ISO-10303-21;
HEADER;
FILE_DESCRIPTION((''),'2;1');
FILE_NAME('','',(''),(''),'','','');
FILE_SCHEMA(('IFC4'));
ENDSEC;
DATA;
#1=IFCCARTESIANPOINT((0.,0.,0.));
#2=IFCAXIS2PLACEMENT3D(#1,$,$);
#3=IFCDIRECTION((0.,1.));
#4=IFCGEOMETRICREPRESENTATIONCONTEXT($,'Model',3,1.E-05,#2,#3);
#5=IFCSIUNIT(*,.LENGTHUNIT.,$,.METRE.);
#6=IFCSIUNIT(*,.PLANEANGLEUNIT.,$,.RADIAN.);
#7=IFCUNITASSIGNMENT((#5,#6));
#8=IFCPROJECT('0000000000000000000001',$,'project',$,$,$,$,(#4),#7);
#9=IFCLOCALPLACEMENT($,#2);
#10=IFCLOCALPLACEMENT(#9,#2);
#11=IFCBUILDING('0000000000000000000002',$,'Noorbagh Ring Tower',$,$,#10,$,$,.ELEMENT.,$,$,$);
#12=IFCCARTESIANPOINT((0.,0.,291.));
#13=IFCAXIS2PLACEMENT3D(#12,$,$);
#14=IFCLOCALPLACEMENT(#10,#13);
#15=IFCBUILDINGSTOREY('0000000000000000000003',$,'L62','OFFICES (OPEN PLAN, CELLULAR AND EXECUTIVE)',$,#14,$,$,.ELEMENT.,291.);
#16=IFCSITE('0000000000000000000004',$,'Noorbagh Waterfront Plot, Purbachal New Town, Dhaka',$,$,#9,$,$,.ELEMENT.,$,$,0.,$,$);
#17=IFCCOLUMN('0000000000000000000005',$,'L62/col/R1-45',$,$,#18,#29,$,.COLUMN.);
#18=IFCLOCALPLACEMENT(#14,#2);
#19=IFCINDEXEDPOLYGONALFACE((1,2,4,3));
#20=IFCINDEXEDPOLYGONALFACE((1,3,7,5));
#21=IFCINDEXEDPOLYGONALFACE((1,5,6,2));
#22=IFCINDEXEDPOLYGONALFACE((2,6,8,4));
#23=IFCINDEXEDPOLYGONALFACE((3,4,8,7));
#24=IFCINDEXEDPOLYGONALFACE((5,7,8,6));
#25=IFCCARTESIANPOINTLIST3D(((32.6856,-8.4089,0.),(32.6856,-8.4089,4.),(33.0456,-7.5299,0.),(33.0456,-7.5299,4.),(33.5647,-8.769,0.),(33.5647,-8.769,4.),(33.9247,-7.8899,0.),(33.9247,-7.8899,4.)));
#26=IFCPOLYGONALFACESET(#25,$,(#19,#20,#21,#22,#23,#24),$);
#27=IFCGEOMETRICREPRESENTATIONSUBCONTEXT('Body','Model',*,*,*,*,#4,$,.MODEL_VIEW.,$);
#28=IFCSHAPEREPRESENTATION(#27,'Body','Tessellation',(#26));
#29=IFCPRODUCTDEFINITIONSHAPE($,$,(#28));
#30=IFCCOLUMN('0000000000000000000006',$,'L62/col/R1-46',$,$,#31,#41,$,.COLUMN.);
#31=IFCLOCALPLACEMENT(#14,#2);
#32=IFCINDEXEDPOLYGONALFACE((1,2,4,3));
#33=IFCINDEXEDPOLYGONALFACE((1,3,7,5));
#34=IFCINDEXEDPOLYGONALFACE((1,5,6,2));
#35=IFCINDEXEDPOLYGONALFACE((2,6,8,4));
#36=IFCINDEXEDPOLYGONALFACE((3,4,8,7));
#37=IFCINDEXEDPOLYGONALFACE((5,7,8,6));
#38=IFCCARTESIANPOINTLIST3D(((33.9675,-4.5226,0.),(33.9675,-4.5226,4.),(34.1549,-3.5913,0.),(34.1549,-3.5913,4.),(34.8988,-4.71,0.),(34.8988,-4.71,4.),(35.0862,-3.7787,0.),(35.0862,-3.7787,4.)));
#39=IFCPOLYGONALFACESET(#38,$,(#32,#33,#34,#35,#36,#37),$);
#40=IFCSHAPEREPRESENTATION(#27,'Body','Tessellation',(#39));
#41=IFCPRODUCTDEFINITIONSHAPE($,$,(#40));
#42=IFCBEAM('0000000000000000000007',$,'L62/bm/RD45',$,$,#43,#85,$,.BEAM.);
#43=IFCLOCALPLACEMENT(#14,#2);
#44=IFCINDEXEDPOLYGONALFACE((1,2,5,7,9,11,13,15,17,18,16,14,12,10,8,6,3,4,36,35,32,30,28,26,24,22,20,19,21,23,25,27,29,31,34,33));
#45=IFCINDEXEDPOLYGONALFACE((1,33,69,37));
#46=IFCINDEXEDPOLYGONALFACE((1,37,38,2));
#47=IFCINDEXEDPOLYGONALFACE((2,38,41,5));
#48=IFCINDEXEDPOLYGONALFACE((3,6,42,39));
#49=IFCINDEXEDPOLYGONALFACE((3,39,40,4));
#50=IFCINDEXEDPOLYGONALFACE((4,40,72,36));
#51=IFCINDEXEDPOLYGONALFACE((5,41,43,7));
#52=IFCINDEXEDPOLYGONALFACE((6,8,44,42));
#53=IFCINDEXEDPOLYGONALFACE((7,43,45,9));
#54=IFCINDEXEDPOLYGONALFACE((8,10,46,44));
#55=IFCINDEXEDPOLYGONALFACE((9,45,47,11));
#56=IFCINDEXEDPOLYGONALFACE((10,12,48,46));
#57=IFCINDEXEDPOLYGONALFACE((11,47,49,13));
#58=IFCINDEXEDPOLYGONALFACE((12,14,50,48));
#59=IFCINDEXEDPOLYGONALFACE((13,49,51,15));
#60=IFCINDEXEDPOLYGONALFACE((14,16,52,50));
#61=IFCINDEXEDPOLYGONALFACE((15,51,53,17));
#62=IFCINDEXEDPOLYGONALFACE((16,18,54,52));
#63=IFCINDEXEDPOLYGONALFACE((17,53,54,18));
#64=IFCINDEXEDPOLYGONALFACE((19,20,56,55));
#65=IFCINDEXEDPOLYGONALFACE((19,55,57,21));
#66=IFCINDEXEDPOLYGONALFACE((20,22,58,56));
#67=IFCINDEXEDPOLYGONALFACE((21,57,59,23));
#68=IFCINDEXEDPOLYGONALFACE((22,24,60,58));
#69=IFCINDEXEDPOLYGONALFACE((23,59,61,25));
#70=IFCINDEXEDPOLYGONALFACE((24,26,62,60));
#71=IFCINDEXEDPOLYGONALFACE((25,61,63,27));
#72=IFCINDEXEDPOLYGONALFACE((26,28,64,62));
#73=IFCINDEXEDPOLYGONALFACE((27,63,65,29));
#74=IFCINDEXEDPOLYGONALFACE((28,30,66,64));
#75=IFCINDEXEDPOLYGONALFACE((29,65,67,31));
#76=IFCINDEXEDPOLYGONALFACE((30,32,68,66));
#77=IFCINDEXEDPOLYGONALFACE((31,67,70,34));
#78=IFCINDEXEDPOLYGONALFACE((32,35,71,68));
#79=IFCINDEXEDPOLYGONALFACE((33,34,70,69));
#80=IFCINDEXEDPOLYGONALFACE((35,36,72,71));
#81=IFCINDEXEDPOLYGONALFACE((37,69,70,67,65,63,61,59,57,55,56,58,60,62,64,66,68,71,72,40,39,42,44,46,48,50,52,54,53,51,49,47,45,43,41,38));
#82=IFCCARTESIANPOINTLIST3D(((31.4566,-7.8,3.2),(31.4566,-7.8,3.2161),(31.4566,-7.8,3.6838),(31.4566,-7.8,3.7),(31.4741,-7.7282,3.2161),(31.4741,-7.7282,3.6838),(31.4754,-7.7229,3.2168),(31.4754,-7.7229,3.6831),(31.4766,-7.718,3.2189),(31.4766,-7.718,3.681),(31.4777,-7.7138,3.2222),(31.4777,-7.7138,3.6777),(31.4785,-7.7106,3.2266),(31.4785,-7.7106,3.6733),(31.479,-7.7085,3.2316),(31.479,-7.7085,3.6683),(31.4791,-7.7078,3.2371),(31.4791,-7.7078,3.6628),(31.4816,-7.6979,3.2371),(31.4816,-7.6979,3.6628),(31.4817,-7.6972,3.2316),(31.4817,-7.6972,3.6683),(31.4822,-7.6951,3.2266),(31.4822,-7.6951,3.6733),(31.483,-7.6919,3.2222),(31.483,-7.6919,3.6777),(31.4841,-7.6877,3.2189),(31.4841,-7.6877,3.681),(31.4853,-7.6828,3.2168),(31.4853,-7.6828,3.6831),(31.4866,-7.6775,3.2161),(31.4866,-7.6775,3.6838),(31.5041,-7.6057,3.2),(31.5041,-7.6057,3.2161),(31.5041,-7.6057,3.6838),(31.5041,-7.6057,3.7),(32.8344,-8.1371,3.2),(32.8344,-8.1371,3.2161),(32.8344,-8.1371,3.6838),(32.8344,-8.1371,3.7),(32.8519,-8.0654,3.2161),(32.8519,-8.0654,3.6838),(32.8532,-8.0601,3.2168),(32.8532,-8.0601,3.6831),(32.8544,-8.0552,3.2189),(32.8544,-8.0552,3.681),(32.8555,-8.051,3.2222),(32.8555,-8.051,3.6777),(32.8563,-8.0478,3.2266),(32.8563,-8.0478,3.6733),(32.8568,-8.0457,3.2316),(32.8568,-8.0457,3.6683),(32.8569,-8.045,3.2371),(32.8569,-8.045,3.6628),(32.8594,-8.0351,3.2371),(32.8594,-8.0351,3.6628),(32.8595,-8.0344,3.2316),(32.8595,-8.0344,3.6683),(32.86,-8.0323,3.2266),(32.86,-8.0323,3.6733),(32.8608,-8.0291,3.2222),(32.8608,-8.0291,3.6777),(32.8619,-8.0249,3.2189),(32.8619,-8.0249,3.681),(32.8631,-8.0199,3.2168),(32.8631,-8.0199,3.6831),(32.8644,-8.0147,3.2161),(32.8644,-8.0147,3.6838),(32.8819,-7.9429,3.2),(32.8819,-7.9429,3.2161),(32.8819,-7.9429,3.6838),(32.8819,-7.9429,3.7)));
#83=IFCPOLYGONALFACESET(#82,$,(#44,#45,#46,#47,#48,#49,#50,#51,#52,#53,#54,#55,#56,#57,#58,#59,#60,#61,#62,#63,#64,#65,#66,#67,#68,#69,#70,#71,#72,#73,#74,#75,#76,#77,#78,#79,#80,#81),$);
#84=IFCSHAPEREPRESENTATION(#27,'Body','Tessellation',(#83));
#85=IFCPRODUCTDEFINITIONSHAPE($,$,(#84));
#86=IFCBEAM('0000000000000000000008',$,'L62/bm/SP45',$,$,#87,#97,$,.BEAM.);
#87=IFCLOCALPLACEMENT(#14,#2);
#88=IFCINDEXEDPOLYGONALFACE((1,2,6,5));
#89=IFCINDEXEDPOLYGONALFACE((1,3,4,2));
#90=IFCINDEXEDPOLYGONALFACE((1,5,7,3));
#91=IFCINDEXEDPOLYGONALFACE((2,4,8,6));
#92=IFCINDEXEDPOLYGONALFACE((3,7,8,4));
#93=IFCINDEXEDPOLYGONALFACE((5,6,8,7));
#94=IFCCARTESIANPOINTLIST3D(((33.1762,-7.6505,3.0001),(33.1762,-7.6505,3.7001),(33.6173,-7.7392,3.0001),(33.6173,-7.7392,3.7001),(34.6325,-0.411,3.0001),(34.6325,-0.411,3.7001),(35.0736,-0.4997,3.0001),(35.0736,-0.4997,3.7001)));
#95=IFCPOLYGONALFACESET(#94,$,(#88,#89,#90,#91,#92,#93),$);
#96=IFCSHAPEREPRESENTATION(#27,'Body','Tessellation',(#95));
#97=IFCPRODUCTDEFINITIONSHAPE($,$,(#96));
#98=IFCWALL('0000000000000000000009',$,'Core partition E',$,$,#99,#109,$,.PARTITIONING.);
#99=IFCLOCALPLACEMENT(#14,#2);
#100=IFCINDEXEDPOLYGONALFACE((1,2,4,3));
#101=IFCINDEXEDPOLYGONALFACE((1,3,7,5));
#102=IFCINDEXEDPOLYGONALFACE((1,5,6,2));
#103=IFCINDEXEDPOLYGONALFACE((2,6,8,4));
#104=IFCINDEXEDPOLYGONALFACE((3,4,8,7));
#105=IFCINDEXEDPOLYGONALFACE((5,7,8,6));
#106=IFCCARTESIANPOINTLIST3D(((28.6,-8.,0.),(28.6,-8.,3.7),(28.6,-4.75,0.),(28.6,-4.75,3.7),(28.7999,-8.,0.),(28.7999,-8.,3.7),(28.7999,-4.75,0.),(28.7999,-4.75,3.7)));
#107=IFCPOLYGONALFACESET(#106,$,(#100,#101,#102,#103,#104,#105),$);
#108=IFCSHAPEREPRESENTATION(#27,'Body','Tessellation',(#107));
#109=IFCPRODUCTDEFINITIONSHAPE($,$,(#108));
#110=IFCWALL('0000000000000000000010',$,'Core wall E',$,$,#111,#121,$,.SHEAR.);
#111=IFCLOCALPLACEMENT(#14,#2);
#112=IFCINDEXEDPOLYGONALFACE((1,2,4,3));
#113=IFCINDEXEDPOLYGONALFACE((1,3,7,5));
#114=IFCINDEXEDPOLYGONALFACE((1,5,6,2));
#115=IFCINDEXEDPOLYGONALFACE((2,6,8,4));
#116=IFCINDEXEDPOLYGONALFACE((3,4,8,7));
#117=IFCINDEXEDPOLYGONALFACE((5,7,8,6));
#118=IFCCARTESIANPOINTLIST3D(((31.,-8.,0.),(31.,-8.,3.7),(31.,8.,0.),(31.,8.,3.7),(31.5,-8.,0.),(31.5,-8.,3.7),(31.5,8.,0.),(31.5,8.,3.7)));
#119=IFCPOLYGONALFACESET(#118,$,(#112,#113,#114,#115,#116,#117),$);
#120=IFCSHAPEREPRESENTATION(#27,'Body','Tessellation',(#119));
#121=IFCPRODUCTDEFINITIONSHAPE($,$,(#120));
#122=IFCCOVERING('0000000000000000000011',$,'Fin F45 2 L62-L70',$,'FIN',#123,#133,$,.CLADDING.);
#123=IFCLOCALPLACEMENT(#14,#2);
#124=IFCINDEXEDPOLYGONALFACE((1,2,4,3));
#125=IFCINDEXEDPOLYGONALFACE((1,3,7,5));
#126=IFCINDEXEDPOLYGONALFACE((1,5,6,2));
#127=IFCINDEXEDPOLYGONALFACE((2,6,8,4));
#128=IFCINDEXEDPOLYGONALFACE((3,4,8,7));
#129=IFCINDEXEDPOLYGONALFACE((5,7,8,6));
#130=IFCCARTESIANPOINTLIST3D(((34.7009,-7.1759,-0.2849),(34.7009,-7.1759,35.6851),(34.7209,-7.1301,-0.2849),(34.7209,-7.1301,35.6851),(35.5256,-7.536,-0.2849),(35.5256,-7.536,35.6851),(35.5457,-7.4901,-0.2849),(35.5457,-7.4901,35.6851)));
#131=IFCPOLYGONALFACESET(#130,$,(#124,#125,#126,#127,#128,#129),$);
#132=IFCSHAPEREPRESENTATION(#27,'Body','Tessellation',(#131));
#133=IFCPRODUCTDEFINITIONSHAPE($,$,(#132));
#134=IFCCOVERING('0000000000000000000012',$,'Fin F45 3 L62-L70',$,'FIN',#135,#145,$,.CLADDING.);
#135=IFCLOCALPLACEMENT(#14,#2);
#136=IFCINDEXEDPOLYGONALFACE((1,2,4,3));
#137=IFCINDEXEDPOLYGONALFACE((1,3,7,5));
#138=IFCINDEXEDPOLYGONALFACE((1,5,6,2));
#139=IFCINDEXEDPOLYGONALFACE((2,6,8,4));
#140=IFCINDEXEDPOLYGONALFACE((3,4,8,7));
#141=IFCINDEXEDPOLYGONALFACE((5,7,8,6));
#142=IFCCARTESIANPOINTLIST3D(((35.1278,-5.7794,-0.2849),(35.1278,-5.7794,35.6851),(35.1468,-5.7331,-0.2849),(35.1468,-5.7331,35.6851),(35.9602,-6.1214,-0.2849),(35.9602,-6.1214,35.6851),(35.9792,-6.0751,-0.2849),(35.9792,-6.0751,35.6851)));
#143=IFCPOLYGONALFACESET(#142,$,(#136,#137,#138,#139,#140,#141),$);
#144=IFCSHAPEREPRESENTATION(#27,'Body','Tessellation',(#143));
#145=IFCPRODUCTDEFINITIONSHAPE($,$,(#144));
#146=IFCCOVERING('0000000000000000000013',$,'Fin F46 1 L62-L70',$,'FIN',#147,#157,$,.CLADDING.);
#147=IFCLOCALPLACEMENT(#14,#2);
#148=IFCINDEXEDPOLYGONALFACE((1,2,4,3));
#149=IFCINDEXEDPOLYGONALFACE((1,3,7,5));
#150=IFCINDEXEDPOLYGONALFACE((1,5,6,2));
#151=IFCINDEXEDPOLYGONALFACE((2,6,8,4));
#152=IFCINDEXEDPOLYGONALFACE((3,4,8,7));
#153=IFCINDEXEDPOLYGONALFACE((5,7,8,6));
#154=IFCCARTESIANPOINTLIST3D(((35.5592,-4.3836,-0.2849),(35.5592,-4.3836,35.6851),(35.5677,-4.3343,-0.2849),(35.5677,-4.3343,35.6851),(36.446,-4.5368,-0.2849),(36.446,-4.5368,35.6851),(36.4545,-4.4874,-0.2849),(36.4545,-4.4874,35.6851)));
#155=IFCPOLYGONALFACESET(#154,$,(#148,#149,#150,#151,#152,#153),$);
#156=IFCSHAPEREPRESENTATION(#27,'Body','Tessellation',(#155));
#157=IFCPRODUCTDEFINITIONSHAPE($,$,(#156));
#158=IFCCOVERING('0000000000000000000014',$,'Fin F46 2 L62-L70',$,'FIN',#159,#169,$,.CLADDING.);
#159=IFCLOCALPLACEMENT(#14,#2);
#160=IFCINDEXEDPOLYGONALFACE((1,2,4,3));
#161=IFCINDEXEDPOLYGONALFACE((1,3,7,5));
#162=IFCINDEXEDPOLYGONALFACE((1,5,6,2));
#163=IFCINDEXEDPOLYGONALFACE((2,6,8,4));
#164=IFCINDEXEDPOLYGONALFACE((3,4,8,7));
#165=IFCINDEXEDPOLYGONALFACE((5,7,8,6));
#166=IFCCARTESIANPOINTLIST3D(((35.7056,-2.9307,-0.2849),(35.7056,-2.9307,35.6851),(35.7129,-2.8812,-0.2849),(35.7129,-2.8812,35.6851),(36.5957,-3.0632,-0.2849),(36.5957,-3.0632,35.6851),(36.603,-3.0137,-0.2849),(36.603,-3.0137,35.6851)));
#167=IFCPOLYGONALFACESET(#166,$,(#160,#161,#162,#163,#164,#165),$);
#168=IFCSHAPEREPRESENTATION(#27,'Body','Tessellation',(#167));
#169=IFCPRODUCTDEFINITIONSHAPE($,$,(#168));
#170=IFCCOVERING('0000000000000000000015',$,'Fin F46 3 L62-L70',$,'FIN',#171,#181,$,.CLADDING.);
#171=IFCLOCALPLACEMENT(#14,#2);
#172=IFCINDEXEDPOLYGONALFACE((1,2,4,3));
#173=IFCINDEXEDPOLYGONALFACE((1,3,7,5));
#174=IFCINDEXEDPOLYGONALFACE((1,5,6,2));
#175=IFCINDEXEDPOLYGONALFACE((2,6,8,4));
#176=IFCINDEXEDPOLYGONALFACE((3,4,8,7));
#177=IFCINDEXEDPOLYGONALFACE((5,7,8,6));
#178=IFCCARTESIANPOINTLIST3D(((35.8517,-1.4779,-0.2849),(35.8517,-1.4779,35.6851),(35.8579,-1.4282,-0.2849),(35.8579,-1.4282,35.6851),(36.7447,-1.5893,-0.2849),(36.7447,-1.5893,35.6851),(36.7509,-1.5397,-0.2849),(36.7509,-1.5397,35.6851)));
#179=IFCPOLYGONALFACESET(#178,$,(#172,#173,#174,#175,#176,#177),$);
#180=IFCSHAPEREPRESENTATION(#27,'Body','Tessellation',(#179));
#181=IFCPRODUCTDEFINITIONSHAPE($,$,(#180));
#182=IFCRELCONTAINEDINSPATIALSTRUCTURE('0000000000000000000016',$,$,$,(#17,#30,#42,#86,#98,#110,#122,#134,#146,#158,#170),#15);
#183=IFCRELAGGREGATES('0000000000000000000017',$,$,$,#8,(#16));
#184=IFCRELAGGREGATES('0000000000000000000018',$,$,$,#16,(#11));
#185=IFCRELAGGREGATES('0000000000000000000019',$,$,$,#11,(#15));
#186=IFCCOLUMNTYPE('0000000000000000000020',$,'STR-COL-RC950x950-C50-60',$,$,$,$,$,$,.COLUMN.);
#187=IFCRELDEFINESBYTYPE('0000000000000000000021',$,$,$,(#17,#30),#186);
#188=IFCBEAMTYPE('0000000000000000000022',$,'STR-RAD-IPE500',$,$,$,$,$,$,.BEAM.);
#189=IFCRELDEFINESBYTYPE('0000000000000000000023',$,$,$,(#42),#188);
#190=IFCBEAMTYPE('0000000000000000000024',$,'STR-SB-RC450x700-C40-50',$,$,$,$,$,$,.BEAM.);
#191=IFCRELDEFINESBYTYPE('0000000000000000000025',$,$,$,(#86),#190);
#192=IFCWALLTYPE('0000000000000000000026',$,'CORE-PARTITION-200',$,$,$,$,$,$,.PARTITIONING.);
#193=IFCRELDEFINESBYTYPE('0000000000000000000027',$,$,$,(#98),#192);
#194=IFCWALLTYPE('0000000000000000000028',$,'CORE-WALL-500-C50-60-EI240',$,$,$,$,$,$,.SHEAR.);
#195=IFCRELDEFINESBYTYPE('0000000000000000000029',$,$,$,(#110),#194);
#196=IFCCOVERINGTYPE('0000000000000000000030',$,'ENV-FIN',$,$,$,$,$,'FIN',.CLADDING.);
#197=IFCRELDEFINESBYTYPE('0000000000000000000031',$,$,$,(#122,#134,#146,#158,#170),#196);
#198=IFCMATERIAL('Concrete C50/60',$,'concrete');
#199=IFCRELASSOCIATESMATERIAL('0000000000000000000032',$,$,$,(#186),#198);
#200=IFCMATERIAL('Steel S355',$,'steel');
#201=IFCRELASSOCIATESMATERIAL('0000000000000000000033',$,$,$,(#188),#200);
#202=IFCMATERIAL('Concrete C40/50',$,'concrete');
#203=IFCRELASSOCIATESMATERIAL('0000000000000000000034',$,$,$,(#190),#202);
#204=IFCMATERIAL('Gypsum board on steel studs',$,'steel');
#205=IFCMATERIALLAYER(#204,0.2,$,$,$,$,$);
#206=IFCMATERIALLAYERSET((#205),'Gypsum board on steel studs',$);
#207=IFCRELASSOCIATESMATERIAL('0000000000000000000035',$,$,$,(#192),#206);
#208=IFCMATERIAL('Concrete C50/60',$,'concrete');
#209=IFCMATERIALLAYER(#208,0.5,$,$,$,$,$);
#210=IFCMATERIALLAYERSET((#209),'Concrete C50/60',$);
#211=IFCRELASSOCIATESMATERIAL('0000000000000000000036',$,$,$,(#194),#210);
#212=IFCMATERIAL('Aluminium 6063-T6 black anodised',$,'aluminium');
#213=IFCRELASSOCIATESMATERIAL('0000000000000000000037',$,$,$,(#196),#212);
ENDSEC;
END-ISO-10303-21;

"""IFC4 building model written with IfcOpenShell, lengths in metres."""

from ifc_helpers import new_model, si_unit, direction, frame, frame_2d, origin, origin_2d, place, context, subcontext, project, spatial, rectangle, i_section, extrude, material, layer, layer_set, material_profile, profile_set, type_object, element, save


model = new_model("IFC4")

# Units and contexts
model_context = context("Model", 3, precision=1e-05, world=origin(), true_north=direction((0.0, 1.0)))
body_context = subcontext(model_context, "Body", "Model", "MODEL_VIEW")
ifc_project = project(units=[si_unit("LENGTHUNIT", "METRE"), si_unit("PLANEANGLEUNIT", "RADIAN")], contexts=[model_context])

# Site, building, storey
site_placement = place(None, origin())
site = spatial("IfcSite", under=ifc_project, at=site_placement, Name="Noorbagh Waterfront Plot, Purbachal New Town, Dhaka", CompositionType="ELEMENT", RefElevation=0.0)
building_placement = place(site_placement, origin())
building = spatial("IfcBuilding", under=site, at=building_placement, Name="Noorbagh Ring Tower", CompositionType="ELEMENT")
storey_placement = place(building_placement, frame((0.0, 0.0, 291.0)))
storey = spatial("IfcBuildingStorey", under=building, at=storey_placement, Name="L62", Description="OFFICES (OPEN PLAN, CELLULAR AND EXECUTIVE)", CompositionType="ELEMENT", Elevation=291.0)

# Columns
ifc_material_1 = material(Name="Concrete C50/60", Category="concrete")
ifc_material_profile_1 = material_profile(ifc_material_1, rectangle(XDim=0.95, YDim=0.95, at=origin_2d()), Name="RC950x950")
ifc_profile_set_1 = profile_set([ifc_material_profile_1], Name="Concrete C50/60")
column_type = type_object("IfcColumnType", Name="STR-COL-RC950x950-C50-60", PredefinedType="COLUMN", material=ifc_profile_set_1)
for number, where, z_axis, x_axis, name in (
    (1, (33.3052, -8.1494, 0.0), (0.0, 0.0, 1.0), (0.378989, 0.925401, 0.0), "L62/col/R1-45"),
    (2, (34.5269, -4.1506, 0.0), (0.0, 0.0, 1.0), (0.19723, 0.980357, 0.0), "L62/col/R1-46"),
):
    element("IfcColumn", number, at=place(storey_placement, frame(where, z_axis=z_axis, x_axis=x_axis)), inside=storey, type_object=column_type, Name=name, PredefinedType="COLUMN", context=body_context, shape_type="SweptSolid", body=[
        extrude(rectangle(XDim=0.95, YDim=0.95, at=origin_2d()), origin(), (0.0, 0.0, 1.0), 4.0),
    ])

# Beams
ifc_material_2 = material(Name="Steel S355", Category="steel")
ifc_material_profile_2 = material_profile(ifc_material_2, i_section(OverallWidth=0.2, OverallDepth=0.5, WebThickness=0.0103, FlangeThickness=0.0161, FilletRadius=0.021, at=origin_2d()), Name="IPE500")
ifc_profile_set_2 = profile_set([ifc_material_profile_2], Name="Steel S355")
beam_type_1 = type_object("IfcBeamType", Name="STR-RAD-IPE500", PredefinedType="BEAM", material=ifc_profile_set_2)
beam_1_placement = place(storey_placement, frame((32.8582, -8.04, 3.45), z_axis=(-0.971335, 0.237713, 0.0), x_axis=(-0.237713, -0.971335, 0.0)))
element("IfcBeam", 3, at=beam_1_placement, inside=storey, type_object=beam_type_1, Name="L62/bm/RD45", PredefinedType="BEAM", context=body_context, shape_type="SweptSolid", body=[
    extrude(i_section(OverallWidth=0.2, OverallDepth=0.5, WebThickness=0.0103, FlangeThickness=0.0161, FilletRadius=0.021, at=origin_2d()), origin(), (0.0, 0.0, 1.0), 1.4185),
])
ifc_material_3 = material(Name="Concrete C40/50", Category="concrete")
ifc_material_profile_3 = material_profile(ifc_material_3, rectangle(XDim=0.45, YDim=0.7, at=origin_2d()), Name="RC450x700")
ifc_profile_set_3 = profile_set([ifc_material_profile_3], Name="Concrete C40/50")
beam_type_2 = type_object("IfcBeamType", Name="STR-SB-RC450x700-C40-50", PredefinedType="BEAM", material=ifc_profile_set_3)
beam_2_placement = place(storey_placement, frame((33.3967, -7.6948, 3.3501), z_axis=(0.19721, 0.980361, 0.0), x_axis=(-0.980361, 0.19721, 0.0)))
element("IfcBeam", 4, at=beam_2_placement, inside=storey, type_object=beam_type_2, Name="L62/bm/SP45", PredefinedType="BEAM", context=body_context, shape_type="SweptSolid", body=[
    extrude(rectangle(XDim=0.45, YDim=0.7, at=origin_2d()), origin(), (0.0, 0.0, 1.0), 7.3845),
])

# Walls
ifc_material_4 = material(Name="Gypsum board on steel studs", Category="steel")
ifc_layer_1 = layer(ifc_material_4, 0.2)
ifc_layer_set_1 = layer_set([ifc_layer_1], Name="Gypsum board on steel studs")
wall_type_1 = type_object("IfcWallType", Name="CORE-PARTITION-200", PredefinedType="PARTITIONING", material=ifc_layer_set_1)
wall_1_placement = place(storey_placement, frame((28.7, -8.0, 0.0), z_axis=(0.0, 0.0, 1.0), x_axis=(0.0, 1.0, 0.0)))
element("IfcWall", 5, at=wall_1_placement, inside=storey, type_object=wall_type_1, Name="Core partition E", PredefinedType="PARTITIONING", context=body_context, shape_type="SweptSolid", body=[
    extrude(rectangle(XDim=3.25, YDim=0.2, at=frame_2d((1.625, 0.0))), origin(), (0.0, 0.0, 1.0), 3.7),
])
ifc_material_5 = material(Name="Concrete C50/60", Category="concrete")
ifc_layer_2 = layer(ifc_material_5, 0.5)
ifc_layer_set_2 = layer_set([ifc_layer_2], Name="Concrete C50/60")
wall_type_2 = type_object("IfcWallType", Name="CORE-WALL-500-C50-60-EI240", PredefinedType="SHEAR", material=ifc_layer_set_2)
wall_2_placement = place(storey_placement, frame((31.25, -8.0, 0.0), z_axis=(0.0, 0.0, 1.0), x_axis=(0.0, 1.0, 0.0)))
element("IfcWall", 6, at=wall_2_placement, inside=storey, type_object=wall_type_2, Name="Core wall E", PredefinedType="SHEAR", context=body_context, shape_type="SweptSolid", body=[
    extrude(rectangle(XDim=16.0, YDim=0.5, at=frame_2d((8.0, 0.0))), origin(), (0.0, 0.0, 1.0), 3.7),
])

# Coverings
ifc_material_6 = material(Name="Aluminium 6063-T6 black anodised", Category="aluminium")
ifc_material_profile_4 = material_profile(ifc_material_6, rectangle(XDim=0.8999, YDim=0.05, at=origin_2d()), Name="900x50")
ifc_profile_set_4 = profile_set([ifc_material_profile_4], Name="Aluminium 6063-T6 black anodised")
covering_type = type_object("IfcCoveringType", Name="ENV-FIN", ElementType="FIN", PredefinedType="CLADDING", material=ifc_profile_set_4)
for number, where, z_axis, x_axis, name in (
    (7, (35.1233, -7.333, -0.2849), (0.0, 0.0, 1.0), (0.916475, -0.400092, 0.0), "Fin F45 2 L62-L70"),
    (8, (35.5535, -5.9272, -0.2849), (0.0, 0.0, 1.0), (0.925001, -0.379965, 0.0), "Fin F45 3 L62-L70"),
    (9, (36.0068, -4.4355, -0.2849), (0.0, 0.0, 1.0), (0.985419, -0.170147, 0.0), "Fin F46 1 L62-L70"),
    (10, (36.1543, -2.9722, -0.2849), (0.0, 0.0, 1.0), (0.989103, -0.147226, 0.0), "Fin F46 2 L62-L70"),
    (11, (36.3013, -1.5088, -0.2849), (0.0, 0.0, 1.0), (0.992303, -0.123835, 0.0), "Fin F46 3 L62-L70"),
):
    element("IfcCovering", number, at=place(storey_placement, frame(where, z_axis=z_axis, x_axis=x_axis)), inside=storey, type_object=covering_type, Name=name, ObjectType="FIN", PredefinedType="CLADDING", context=body_context, shape_type="SweptSolid", body=[
        extrude(rectangle(XDim=0.8999, YDim=0.05, at=origin_2d()), origin(), (0.0, 0.0, 1.0), 35.97),
    ])

save(model, "model.ifc")
